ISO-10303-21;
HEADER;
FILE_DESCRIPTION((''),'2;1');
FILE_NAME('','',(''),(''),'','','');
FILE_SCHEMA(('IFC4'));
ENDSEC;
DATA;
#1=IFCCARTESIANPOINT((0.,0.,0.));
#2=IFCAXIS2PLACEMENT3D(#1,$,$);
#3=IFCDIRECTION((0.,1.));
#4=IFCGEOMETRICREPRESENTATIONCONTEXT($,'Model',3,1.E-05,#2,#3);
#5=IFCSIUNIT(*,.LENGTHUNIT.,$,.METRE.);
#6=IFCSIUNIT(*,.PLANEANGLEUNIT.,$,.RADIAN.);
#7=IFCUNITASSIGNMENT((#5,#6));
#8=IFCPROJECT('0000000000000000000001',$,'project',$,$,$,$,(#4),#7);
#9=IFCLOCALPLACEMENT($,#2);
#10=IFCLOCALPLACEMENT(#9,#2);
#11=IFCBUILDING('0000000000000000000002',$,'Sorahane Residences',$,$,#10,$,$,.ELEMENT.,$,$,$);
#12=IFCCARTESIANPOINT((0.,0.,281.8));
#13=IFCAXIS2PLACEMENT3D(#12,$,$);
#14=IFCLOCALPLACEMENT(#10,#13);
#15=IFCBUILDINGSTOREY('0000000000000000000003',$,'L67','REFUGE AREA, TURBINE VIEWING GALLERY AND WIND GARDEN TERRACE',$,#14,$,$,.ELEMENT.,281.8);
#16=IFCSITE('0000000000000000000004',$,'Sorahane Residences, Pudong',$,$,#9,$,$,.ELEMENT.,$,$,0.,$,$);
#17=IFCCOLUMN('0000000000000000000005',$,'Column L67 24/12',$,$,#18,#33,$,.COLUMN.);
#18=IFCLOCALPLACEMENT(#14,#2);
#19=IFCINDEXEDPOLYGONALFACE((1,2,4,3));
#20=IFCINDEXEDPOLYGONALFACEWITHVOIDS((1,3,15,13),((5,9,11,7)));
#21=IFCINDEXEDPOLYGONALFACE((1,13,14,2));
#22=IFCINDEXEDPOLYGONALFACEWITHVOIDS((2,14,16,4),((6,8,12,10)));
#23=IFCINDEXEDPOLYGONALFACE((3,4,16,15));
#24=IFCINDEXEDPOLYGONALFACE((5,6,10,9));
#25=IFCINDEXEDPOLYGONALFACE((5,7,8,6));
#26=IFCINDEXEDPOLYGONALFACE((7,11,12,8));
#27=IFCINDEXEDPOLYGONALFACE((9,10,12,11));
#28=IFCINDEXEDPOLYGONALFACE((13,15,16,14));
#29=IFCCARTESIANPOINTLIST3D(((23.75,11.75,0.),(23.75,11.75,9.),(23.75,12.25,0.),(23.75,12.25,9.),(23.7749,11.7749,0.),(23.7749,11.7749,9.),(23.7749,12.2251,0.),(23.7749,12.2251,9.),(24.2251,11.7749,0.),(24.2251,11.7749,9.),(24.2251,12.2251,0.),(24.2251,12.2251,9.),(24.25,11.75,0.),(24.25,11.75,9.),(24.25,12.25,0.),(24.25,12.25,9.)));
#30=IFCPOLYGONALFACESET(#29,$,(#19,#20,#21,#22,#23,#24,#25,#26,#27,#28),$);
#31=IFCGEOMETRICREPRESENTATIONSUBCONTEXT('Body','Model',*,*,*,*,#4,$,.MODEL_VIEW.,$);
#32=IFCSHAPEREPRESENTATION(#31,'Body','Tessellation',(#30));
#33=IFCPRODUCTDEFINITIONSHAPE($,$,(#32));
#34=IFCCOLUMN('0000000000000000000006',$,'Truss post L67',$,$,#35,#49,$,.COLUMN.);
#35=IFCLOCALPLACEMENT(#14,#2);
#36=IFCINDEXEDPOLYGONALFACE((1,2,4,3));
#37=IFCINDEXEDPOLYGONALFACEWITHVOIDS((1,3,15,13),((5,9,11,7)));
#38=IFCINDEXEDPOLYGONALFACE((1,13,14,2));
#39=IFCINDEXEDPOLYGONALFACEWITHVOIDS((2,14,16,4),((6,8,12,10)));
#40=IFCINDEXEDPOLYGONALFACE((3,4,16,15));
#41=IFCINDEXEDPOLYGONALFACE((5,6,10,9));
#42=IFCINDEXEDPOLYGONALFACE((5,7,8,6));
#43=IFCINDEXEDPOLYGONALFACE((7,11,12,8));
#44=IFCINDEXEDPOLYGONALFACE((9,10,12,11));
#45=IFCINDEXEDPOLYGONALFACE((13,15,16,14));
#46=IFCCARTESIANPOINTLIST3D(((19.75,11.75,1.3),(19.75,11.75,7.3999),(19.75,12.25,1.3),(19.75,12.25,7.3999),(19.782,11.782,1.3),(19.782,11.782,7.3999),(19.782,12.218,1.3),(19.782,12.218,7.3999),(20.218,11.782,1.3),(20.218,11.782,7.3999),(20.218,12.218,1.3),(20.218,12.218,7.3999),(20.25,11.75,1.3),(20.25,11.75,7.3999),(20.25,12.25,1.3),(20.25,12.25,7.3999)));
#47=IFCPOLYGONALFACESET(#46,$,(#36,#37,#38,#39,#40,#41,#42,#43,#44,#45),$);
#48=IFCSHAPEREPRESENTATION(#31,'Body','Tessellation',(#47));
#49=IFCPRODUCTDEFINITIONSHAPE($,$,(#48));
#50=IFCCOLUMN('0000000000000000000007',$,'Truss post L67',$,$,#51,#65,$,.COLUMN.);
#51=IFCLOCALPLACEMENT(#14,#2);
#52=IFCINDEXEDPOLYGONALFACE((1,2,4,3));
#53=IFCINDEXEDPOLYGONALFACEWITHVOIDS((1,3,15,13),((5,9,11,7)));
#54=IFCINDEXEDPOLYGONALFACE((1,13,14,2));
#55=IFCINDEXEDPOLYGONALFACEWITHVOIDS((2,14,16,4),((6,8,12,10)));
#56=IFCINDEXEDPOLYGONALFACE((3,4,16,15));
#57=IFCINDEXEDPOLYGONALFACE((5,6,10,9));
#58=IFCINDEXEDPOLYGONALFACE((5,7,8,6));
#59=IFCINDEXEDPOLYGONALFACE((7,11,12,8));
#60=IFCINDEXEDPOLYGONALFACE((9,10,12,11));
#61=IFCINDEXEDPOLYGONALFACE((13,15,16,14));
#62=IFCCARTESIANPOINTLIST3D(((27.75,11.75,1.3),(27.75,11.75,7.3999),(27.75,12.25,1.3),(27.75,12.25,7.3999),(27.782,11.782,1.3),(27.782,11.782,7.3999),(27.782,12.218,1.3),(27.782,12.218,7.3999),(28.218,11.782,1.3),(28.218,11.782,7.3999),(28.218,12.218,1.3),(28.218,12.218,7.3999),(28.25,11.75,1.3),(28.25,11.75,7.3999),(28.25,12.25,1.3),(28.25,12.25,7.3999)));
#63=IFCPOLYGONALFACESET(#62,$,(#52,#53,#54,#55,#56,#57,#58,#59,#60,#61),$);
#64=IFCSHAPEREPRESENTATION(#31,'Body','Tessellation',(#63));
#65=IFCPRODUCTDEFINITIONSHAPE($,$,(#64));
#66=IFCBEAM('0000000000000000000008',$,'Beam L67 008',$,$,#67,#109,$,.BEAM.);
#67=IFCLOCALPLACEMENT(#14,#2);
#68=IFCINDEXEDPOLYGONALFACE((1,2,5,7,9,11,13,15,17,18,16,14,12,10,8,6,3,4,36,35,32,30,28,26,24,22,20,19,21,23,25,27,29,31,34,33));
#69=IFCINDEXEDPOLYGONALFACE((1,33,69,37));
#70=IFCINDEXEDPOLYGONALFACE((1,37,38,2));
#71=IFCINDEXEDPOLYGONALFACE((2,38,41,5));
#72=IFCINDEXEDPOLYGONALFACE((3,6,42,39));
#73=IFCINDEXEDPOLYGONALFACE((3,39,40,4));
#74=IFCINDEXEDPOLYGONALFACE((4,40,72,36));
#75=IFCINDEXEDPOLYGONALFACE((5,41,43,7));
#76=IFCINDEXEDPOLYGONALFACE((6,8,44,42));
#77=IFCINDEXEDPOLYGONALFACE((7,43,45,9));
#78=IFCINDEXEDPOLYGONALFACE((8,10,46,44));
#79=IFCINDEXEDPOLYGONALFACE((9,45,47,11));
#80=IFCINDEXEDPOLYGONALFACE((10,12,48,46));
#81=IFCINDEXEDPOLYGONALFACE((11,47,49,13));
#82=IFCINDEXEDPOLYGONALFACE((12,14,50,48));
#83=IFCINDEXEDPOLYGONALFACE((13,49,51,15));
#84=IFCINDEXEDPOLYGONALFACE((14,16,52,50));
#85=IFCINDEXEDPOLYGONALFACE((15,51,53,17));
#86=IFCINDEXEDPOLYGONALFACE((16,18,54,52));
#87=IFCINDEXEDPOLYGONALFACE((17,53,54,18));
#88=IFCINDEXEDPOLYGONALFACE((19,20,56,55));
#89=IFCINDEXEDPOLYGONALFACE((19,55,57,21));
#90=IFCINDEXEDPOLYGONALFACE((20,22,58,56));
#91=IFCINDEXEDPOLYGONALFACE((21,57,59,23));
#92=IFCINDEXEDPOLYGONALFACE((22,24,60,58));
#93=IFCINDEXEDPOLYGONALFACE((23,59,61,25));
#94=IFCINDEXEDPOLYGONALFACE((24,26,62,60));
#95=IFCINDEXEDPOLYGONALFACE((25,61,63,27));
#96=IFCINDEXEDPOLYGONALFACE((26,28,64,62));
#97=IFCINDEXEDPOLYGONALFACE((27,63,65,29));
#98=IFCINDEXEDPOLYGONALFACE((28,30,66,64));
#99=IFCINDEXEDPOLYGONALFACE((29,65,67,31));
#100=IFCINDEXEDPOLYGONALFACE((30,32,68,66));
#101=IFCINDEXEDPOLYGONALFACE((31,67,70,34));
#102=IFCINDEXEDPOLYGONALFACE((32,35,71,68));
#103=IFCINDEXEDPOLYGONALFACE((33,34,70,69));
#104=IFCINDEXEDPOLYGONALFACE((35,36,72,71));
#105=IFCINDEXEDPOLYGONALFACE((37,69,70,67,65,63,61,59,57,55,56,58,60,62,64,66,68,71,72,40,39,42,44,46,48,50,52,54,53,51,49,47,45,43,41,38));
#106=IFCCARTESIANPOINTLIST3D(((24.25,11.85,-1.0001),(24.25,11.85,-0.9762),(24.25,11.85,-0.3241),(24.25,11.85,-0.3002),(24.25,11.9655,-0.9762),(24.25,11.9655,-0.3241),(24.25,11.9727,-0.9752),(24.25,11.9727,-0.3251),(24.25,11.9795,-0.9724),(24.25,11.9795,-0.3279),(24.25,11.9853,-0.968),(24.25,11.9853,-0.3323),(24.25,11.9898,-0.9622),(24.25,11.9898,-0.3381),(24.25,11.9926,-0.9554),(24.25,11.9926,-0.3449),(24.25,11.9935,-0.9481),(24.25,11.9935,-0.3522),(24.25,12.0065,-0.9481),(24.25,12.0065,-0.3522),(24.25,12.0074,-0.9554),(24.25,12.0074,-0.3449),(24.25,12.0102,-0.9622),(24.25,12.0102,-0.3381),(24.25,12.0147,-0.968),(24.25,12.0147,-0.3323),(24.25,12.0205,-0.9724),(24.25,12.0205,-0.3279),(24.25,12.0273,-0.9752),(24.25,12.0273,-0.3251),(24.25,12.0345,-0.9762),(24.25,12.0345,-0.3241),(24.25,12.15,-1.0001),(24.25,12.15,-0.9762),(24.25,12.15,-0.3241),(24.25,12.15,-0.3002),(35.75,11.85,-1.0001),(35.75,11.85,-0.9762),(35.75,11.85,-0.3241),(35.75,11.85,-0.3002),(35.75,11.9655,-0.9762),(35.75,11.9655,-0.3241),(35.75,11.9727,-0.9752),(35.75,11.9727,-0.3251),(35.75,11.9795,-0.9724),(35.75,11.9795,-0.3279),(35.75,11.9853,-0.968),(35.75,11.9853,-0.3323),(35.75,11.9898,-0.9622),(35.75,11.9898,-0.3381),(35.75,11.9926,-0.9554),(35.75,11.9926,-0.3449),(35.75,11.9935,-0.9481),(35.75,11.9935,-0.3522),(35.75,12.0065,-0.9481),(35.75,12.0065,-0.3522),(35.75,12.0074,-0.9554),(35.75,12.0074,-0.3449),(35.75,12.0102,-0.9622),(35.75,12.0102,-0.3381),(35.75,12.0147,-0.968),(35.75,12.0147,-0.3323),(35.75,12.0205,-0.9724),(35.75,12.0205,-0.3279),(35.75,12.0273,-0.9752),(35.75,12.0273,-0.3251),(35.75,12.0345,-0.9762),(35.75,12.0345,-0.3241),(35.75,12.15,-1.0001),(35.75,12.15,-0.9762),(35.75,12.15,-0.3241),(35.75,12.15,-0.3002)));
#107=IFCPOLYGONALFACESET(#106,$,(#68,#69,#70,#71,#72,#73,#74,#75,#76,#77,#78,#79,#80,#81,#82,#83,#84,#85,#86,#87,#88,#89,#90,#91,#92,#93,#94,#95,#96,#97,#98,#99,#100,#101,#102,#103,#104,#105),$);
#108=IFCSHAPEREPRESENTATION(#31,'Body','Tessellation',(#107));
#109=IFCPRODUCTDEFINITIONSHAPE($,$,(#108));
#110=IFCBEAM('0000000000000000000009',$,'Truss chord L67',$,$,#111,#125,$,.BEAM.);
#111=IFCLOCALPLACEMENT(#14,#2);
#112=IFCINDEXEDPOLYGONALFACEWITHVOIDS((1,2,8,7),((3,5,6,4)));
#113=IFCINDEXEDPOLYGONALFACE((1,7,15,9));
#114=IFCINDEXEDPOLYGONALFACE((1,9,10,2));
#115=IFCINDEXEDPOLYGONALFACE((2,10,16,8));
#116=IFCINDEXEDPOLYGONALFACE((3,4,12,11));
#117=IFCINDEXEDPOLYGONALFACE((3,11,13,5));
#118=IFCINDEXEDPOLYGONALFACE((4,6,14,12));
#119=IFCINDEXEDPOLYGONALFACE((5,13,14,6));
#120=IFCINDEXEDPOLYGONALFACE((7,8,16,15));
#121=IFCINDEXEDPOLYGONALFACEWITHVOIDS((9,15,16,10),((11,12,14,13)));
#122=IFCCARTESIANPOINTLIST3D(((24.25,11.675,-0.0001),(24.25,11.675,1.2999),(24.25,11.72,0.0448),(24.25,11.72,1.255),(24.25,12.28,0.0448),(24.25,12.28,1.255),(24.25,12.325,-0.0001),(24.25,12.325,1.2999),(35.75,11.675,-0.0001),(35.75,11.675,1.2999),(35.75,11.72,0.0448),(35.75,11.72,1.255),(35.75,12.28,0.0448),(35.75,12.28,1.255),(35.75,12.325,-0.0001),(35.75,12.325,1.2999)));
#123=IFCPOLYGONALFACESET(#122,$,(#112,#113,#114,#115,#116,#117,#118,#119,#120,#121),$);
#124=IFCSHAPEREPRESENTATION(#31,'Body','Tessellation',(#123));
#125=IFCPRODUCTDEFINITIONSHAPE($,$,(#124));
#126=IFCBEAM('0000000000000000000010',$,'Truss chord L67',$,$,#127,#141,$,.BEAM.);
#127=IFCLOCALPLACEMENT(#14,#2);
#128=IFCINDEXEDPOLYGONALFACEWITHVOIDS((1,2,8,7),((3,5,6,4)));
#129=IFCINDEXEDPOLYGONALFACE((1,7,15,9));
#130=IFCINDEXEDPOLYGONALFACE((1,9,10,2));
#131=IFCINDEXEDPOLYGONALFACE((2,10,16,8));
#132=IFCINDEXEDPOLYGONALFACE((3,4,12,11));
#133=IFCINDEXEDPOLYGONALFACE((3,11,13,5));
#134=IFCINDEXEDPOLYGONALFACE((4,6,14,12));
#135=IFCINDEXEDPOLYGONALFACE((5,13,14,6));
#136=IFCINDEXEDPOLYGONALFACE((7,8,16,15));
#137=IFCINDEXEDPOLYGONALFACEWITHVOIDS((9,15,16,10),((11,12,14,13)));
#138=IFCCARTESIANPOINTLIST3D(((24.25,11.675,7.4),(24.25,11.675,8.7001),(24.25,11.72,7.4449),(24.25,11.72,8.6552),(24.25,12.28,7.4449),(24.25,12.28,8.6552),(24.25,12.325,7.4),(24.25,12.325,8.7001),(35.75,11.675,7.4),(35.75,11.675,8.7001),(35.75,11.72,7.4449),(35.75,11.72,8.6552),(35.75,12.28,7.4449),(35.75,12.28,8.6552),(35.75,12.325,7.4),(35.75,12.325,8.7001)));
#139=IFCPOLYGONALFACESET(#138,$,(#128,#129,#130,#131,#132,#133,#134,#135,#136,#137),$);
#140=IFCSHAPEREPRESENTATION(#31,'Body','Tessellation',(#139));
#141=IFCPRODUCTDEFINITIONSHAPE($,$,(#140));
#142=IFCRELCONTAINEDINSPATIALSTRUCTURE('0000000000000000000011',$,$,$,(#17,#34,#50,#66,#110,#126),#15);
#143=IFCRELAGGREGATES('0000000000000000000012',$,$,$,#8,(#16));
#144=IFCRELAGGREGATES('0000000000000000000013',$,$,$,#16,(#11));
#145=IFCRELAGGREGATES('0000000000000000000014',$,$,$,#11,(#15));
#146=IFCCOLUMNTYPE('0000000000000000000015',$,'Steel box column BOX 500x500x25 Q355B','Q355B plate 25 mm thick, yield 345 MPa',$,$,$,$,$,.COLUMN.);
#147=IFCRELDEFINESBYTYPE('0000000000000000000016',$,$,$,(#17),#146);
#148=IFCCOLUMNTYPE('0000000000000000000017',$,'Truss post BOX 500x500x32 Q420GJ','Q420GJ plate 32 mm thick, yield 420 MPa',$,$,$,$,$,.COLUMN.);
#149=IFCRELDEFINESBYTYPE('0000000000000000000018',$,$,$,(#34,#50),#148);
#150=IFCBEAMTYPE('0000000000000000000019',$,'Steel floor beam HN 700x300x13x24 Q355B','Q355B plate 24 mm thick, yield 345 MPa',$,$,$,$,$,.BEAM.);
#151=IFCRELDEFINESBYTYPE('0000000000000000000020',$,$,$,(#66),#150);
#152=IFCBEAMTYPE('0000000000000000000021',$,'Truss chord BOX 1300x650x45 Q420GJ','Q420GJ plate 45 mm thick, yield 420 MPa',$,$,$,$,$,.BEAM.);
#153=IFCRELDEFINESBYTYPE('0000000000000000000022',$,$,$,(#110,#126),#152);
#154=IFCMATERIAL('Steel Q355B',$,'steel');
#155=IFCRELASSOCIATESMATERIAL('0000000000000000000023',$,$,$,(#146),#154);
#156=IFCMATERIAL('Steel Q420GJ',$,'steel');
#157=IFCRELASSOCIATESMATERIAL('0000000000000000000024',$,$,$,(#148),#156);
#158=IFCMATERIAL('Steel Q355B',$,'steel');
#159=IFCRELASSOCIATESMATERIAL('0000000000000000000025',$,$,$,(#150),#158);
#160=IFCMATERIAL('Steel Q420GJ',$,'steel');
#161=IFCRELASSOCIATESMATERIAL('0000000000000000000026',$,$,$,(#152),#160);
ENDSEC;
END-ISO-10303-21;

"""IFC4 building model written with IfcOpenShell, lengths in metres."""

from ifc_helpers import new_model, si_unit, direction, frame, origin, origin_2d, place, context, subcontext, project, spatial, hollow_rectangle, i_section, extrude, material, material_profile, profile_set, type_object, element, save


model = new_model("IFC4")

# Units and contexts
model_context = context("Model", 3, precision=1e-05, world=origin(), true_north=direction((0.0, 1.0)))
body_context = subcontext(model_context, "Body", "Model", "MODEL_VIEW")
ifc_project = project(units=[si_unit("LENGTHUNIT", "METRE"), si_unit("PLANEANGLEUNIT", "RADIAN")], contexts=[model_context])

# Site, building, storey
site_placement = place(None, origin())
site = spatial("IfcSite", under=ifc_project, at=site_placement, Name="Sorahane Residences, Pudong", CompositionType="ELEMENT", RefElevation=0.0)
building_placement = place(site_placement, origin())
building = spatial("IfcBuilding", under=site, at=building_placement, Name="Sorahane Residences", CompositionType="ELEMENT")
storey_placement = place(building_placement, frame((0.0, 0.0, 281.8)))
storey = spatial("IfcBuildingStorey", under=building, at=storey_placement, Name="L67", Description="REFUGE AREA, TURBINE VIEWING GALLERY AND WIND GARDEN TERRACE", CompositionType="ELEMENT", Elevation=281.8)

# Columns
ifc_material_1 = material(Name="Steel Q355B", Category="steel")
ifc_material_profile_1 = material_profile(ifc_material_1, hollow_rectangle(XDim=0.5, YDim=0.5, WallThickness=0.0249, at=origin_2d()), Name="BOX 500x500x25")
ifc_profile_set_1 = profile_set([ifc_material_profile_1], Name="Steel Q355B")
column_type_1 = type_object("IfcColumnType", Name="Steel box column BOX 500x500x25 Q355B", Description="Q355B plate 25 mm thick, yield 345 MPa", PredefinedType="COLUMN", material=ifc_profile_set_1)
column_placement = place(storey_placement, frame((24.0, 12.0, 0.0), z_axis=(0.0, 0.0, 1.0), x_axis=(1.0, 0.0, 0.0)))
element("IfcColumn", 1, at=column_placement, inside=storey, type_object=column_type_1, Name="Column L67 24/12", PredefinedType="COLUMN", context=body_context, shape_type="SweptSolid", body=[
    extrude(hollow_rectangle(XDim=0.5, YDim=0.5, WallThickness=0.0249, at=origin_2d()), origin(), (0.0, 0.0, 1.0), 9.0),
])
ifc_material_2 = material(Name="Steel Q420GJ", Category="steel")
ifc_material_profile_2 = material_profile(ifc_material_2, hollow_rectangle(XDim=0.5, YDim=0.5, WallThickness=0.032, at=origin_2d()), Name="BOX 500x500x32")
ifc_profile_set_2 = profile_set([ifc_material_profile_2], Name="Steel Q420GJ")
column_type_2 = type_object("IfcColumnType", Name="Truss post BOX 500x500x32 Q420GJ", Description="Q420GJ plate 32 mm thick, yield 420 MPa", PredefinedType="COLUMN", material=ifc_profile_set_2)
for number, where, z_axis, x_axis, name in (
    (2, (20.0, 12.0, 1.3), (0.0, 0.0, 1.0), (1.0, 0.0, 0.0), "Truss post L67"),
    (3, (28.0, 12.0, 1.3), (0.0, 0.0, 1.0), (1.0, 0.0, 0.0), "Truss post L67"),
):
    element("IfcColumn", number, at=place(storey_placement, frame(where, z_axis=z_axis, x_axis=x_axis)), inside=storey, type_object=column_type_2, Name=name, PredefinedType="COLUMN", context=body_context, shape_type="SweptSolid", body=[
        extrude(hollow_rectangle(XDim=0.5, YDim=0.5, WallThickness=0.032, at=origin_2d()), origin(), (0.0, 0.0, 1.0), 6.0999),
    ])

# Beams
ifc_material_3 = material(Name="Steel Q355B", Category="steel")
ifc_material_profile_3 = material_profile(ifc_material_3, i_section(OverallWidth=0.3, OverallDepth=0.7, WebThickness=0.0129, FlangeThickness=0.0239, FilletRadius=0.0281, at=origin_2d()), Name="HN 700x300x13x24")
ifc_profile_set_3 = profile_set([ifc_material_profile_3], Name="Steel Q355B")
beam_type_1 = type_object("IfcBeamType", Name="Steel floor beam HN 700x300x13x24 Q355B", Description="Q355B plate 24 mm thick, yield 345 MPa", PredefinedType="BEAM", material=ifc_profile_set_3)
beam_placement = place(storey_placement, frame((24.25, 12.0, -0.6501), z_axis=(1.0, 0.0, 0.0), x_axis=(0.0, 1.0, 0.0)))
element("IfcBeam", 4, at=beam_placement, inside=storey, type_object=beam_type_1, Name="Beam L67 008", PredefinedType="BEAM", context=body_context, shape_type="SweptSolid", body=[
    extrude(i_section(OverallWidth=0.3, OverallDepth=0.7, WebThickness=0.0129, FlangeThickness=0.0239, FilletRadius=0.0281, at=origin_2d()), origin(), (0.0, 0.0, 1.0), 11.5),
])
ifc_material_4 = material(Name="Steel Q420GJ", Category="steel")
ifc_material_profile_4 = material_profile(ifc_material_4, hollow_rectangle(XDim=0.6499, YDim=1.3, WallThickness=0.0449, at=origin_2d()), Name="BOX 1300x650x45")
ifc_profile_set_4 = profile_set([ifc_material_profile_4], Name="Steel Q420GJ")
beam_type_2 = type_object("IfcBeamType", Name="Truss chord BOX 1300x650x45 Q420GJ", Description="Q420GJ plate 45 mm thick, yield 420 MPa", PredefinedType="BEAM", material=ifc_profile_set_4)
for number, where, z_axis, x_axis, name in (
    (5, (24.25, 12.0, 0.6499), (1.0, 0.0, 0.0), (0.0, 1.0, 0.0), "Truss chord L67"),
    (6, (24.25, 12.0, 8.05), (1.0, 0.0, 0.0), (0.0, 1.0, 0.0), "Truss chord L67"),
):
    element("IfcBeam", number, at=place(storey_placement, frame(where, z_axis=z_axis, x_axis=x_axis)), inside=storey, type_object=beam_type_2, Name=name, PredefinedType="BEAM", context=body_context, shape_type="SweptSolid", body=[
        extrude(hollow_rectangle(XDim=0.6499, YDim=1.3, WallThickness=0.0449, at=origin_2d()), origin(), (0.0, 0.0, 1.0), 11.5),
    ])

save(model, "model.ifc")
